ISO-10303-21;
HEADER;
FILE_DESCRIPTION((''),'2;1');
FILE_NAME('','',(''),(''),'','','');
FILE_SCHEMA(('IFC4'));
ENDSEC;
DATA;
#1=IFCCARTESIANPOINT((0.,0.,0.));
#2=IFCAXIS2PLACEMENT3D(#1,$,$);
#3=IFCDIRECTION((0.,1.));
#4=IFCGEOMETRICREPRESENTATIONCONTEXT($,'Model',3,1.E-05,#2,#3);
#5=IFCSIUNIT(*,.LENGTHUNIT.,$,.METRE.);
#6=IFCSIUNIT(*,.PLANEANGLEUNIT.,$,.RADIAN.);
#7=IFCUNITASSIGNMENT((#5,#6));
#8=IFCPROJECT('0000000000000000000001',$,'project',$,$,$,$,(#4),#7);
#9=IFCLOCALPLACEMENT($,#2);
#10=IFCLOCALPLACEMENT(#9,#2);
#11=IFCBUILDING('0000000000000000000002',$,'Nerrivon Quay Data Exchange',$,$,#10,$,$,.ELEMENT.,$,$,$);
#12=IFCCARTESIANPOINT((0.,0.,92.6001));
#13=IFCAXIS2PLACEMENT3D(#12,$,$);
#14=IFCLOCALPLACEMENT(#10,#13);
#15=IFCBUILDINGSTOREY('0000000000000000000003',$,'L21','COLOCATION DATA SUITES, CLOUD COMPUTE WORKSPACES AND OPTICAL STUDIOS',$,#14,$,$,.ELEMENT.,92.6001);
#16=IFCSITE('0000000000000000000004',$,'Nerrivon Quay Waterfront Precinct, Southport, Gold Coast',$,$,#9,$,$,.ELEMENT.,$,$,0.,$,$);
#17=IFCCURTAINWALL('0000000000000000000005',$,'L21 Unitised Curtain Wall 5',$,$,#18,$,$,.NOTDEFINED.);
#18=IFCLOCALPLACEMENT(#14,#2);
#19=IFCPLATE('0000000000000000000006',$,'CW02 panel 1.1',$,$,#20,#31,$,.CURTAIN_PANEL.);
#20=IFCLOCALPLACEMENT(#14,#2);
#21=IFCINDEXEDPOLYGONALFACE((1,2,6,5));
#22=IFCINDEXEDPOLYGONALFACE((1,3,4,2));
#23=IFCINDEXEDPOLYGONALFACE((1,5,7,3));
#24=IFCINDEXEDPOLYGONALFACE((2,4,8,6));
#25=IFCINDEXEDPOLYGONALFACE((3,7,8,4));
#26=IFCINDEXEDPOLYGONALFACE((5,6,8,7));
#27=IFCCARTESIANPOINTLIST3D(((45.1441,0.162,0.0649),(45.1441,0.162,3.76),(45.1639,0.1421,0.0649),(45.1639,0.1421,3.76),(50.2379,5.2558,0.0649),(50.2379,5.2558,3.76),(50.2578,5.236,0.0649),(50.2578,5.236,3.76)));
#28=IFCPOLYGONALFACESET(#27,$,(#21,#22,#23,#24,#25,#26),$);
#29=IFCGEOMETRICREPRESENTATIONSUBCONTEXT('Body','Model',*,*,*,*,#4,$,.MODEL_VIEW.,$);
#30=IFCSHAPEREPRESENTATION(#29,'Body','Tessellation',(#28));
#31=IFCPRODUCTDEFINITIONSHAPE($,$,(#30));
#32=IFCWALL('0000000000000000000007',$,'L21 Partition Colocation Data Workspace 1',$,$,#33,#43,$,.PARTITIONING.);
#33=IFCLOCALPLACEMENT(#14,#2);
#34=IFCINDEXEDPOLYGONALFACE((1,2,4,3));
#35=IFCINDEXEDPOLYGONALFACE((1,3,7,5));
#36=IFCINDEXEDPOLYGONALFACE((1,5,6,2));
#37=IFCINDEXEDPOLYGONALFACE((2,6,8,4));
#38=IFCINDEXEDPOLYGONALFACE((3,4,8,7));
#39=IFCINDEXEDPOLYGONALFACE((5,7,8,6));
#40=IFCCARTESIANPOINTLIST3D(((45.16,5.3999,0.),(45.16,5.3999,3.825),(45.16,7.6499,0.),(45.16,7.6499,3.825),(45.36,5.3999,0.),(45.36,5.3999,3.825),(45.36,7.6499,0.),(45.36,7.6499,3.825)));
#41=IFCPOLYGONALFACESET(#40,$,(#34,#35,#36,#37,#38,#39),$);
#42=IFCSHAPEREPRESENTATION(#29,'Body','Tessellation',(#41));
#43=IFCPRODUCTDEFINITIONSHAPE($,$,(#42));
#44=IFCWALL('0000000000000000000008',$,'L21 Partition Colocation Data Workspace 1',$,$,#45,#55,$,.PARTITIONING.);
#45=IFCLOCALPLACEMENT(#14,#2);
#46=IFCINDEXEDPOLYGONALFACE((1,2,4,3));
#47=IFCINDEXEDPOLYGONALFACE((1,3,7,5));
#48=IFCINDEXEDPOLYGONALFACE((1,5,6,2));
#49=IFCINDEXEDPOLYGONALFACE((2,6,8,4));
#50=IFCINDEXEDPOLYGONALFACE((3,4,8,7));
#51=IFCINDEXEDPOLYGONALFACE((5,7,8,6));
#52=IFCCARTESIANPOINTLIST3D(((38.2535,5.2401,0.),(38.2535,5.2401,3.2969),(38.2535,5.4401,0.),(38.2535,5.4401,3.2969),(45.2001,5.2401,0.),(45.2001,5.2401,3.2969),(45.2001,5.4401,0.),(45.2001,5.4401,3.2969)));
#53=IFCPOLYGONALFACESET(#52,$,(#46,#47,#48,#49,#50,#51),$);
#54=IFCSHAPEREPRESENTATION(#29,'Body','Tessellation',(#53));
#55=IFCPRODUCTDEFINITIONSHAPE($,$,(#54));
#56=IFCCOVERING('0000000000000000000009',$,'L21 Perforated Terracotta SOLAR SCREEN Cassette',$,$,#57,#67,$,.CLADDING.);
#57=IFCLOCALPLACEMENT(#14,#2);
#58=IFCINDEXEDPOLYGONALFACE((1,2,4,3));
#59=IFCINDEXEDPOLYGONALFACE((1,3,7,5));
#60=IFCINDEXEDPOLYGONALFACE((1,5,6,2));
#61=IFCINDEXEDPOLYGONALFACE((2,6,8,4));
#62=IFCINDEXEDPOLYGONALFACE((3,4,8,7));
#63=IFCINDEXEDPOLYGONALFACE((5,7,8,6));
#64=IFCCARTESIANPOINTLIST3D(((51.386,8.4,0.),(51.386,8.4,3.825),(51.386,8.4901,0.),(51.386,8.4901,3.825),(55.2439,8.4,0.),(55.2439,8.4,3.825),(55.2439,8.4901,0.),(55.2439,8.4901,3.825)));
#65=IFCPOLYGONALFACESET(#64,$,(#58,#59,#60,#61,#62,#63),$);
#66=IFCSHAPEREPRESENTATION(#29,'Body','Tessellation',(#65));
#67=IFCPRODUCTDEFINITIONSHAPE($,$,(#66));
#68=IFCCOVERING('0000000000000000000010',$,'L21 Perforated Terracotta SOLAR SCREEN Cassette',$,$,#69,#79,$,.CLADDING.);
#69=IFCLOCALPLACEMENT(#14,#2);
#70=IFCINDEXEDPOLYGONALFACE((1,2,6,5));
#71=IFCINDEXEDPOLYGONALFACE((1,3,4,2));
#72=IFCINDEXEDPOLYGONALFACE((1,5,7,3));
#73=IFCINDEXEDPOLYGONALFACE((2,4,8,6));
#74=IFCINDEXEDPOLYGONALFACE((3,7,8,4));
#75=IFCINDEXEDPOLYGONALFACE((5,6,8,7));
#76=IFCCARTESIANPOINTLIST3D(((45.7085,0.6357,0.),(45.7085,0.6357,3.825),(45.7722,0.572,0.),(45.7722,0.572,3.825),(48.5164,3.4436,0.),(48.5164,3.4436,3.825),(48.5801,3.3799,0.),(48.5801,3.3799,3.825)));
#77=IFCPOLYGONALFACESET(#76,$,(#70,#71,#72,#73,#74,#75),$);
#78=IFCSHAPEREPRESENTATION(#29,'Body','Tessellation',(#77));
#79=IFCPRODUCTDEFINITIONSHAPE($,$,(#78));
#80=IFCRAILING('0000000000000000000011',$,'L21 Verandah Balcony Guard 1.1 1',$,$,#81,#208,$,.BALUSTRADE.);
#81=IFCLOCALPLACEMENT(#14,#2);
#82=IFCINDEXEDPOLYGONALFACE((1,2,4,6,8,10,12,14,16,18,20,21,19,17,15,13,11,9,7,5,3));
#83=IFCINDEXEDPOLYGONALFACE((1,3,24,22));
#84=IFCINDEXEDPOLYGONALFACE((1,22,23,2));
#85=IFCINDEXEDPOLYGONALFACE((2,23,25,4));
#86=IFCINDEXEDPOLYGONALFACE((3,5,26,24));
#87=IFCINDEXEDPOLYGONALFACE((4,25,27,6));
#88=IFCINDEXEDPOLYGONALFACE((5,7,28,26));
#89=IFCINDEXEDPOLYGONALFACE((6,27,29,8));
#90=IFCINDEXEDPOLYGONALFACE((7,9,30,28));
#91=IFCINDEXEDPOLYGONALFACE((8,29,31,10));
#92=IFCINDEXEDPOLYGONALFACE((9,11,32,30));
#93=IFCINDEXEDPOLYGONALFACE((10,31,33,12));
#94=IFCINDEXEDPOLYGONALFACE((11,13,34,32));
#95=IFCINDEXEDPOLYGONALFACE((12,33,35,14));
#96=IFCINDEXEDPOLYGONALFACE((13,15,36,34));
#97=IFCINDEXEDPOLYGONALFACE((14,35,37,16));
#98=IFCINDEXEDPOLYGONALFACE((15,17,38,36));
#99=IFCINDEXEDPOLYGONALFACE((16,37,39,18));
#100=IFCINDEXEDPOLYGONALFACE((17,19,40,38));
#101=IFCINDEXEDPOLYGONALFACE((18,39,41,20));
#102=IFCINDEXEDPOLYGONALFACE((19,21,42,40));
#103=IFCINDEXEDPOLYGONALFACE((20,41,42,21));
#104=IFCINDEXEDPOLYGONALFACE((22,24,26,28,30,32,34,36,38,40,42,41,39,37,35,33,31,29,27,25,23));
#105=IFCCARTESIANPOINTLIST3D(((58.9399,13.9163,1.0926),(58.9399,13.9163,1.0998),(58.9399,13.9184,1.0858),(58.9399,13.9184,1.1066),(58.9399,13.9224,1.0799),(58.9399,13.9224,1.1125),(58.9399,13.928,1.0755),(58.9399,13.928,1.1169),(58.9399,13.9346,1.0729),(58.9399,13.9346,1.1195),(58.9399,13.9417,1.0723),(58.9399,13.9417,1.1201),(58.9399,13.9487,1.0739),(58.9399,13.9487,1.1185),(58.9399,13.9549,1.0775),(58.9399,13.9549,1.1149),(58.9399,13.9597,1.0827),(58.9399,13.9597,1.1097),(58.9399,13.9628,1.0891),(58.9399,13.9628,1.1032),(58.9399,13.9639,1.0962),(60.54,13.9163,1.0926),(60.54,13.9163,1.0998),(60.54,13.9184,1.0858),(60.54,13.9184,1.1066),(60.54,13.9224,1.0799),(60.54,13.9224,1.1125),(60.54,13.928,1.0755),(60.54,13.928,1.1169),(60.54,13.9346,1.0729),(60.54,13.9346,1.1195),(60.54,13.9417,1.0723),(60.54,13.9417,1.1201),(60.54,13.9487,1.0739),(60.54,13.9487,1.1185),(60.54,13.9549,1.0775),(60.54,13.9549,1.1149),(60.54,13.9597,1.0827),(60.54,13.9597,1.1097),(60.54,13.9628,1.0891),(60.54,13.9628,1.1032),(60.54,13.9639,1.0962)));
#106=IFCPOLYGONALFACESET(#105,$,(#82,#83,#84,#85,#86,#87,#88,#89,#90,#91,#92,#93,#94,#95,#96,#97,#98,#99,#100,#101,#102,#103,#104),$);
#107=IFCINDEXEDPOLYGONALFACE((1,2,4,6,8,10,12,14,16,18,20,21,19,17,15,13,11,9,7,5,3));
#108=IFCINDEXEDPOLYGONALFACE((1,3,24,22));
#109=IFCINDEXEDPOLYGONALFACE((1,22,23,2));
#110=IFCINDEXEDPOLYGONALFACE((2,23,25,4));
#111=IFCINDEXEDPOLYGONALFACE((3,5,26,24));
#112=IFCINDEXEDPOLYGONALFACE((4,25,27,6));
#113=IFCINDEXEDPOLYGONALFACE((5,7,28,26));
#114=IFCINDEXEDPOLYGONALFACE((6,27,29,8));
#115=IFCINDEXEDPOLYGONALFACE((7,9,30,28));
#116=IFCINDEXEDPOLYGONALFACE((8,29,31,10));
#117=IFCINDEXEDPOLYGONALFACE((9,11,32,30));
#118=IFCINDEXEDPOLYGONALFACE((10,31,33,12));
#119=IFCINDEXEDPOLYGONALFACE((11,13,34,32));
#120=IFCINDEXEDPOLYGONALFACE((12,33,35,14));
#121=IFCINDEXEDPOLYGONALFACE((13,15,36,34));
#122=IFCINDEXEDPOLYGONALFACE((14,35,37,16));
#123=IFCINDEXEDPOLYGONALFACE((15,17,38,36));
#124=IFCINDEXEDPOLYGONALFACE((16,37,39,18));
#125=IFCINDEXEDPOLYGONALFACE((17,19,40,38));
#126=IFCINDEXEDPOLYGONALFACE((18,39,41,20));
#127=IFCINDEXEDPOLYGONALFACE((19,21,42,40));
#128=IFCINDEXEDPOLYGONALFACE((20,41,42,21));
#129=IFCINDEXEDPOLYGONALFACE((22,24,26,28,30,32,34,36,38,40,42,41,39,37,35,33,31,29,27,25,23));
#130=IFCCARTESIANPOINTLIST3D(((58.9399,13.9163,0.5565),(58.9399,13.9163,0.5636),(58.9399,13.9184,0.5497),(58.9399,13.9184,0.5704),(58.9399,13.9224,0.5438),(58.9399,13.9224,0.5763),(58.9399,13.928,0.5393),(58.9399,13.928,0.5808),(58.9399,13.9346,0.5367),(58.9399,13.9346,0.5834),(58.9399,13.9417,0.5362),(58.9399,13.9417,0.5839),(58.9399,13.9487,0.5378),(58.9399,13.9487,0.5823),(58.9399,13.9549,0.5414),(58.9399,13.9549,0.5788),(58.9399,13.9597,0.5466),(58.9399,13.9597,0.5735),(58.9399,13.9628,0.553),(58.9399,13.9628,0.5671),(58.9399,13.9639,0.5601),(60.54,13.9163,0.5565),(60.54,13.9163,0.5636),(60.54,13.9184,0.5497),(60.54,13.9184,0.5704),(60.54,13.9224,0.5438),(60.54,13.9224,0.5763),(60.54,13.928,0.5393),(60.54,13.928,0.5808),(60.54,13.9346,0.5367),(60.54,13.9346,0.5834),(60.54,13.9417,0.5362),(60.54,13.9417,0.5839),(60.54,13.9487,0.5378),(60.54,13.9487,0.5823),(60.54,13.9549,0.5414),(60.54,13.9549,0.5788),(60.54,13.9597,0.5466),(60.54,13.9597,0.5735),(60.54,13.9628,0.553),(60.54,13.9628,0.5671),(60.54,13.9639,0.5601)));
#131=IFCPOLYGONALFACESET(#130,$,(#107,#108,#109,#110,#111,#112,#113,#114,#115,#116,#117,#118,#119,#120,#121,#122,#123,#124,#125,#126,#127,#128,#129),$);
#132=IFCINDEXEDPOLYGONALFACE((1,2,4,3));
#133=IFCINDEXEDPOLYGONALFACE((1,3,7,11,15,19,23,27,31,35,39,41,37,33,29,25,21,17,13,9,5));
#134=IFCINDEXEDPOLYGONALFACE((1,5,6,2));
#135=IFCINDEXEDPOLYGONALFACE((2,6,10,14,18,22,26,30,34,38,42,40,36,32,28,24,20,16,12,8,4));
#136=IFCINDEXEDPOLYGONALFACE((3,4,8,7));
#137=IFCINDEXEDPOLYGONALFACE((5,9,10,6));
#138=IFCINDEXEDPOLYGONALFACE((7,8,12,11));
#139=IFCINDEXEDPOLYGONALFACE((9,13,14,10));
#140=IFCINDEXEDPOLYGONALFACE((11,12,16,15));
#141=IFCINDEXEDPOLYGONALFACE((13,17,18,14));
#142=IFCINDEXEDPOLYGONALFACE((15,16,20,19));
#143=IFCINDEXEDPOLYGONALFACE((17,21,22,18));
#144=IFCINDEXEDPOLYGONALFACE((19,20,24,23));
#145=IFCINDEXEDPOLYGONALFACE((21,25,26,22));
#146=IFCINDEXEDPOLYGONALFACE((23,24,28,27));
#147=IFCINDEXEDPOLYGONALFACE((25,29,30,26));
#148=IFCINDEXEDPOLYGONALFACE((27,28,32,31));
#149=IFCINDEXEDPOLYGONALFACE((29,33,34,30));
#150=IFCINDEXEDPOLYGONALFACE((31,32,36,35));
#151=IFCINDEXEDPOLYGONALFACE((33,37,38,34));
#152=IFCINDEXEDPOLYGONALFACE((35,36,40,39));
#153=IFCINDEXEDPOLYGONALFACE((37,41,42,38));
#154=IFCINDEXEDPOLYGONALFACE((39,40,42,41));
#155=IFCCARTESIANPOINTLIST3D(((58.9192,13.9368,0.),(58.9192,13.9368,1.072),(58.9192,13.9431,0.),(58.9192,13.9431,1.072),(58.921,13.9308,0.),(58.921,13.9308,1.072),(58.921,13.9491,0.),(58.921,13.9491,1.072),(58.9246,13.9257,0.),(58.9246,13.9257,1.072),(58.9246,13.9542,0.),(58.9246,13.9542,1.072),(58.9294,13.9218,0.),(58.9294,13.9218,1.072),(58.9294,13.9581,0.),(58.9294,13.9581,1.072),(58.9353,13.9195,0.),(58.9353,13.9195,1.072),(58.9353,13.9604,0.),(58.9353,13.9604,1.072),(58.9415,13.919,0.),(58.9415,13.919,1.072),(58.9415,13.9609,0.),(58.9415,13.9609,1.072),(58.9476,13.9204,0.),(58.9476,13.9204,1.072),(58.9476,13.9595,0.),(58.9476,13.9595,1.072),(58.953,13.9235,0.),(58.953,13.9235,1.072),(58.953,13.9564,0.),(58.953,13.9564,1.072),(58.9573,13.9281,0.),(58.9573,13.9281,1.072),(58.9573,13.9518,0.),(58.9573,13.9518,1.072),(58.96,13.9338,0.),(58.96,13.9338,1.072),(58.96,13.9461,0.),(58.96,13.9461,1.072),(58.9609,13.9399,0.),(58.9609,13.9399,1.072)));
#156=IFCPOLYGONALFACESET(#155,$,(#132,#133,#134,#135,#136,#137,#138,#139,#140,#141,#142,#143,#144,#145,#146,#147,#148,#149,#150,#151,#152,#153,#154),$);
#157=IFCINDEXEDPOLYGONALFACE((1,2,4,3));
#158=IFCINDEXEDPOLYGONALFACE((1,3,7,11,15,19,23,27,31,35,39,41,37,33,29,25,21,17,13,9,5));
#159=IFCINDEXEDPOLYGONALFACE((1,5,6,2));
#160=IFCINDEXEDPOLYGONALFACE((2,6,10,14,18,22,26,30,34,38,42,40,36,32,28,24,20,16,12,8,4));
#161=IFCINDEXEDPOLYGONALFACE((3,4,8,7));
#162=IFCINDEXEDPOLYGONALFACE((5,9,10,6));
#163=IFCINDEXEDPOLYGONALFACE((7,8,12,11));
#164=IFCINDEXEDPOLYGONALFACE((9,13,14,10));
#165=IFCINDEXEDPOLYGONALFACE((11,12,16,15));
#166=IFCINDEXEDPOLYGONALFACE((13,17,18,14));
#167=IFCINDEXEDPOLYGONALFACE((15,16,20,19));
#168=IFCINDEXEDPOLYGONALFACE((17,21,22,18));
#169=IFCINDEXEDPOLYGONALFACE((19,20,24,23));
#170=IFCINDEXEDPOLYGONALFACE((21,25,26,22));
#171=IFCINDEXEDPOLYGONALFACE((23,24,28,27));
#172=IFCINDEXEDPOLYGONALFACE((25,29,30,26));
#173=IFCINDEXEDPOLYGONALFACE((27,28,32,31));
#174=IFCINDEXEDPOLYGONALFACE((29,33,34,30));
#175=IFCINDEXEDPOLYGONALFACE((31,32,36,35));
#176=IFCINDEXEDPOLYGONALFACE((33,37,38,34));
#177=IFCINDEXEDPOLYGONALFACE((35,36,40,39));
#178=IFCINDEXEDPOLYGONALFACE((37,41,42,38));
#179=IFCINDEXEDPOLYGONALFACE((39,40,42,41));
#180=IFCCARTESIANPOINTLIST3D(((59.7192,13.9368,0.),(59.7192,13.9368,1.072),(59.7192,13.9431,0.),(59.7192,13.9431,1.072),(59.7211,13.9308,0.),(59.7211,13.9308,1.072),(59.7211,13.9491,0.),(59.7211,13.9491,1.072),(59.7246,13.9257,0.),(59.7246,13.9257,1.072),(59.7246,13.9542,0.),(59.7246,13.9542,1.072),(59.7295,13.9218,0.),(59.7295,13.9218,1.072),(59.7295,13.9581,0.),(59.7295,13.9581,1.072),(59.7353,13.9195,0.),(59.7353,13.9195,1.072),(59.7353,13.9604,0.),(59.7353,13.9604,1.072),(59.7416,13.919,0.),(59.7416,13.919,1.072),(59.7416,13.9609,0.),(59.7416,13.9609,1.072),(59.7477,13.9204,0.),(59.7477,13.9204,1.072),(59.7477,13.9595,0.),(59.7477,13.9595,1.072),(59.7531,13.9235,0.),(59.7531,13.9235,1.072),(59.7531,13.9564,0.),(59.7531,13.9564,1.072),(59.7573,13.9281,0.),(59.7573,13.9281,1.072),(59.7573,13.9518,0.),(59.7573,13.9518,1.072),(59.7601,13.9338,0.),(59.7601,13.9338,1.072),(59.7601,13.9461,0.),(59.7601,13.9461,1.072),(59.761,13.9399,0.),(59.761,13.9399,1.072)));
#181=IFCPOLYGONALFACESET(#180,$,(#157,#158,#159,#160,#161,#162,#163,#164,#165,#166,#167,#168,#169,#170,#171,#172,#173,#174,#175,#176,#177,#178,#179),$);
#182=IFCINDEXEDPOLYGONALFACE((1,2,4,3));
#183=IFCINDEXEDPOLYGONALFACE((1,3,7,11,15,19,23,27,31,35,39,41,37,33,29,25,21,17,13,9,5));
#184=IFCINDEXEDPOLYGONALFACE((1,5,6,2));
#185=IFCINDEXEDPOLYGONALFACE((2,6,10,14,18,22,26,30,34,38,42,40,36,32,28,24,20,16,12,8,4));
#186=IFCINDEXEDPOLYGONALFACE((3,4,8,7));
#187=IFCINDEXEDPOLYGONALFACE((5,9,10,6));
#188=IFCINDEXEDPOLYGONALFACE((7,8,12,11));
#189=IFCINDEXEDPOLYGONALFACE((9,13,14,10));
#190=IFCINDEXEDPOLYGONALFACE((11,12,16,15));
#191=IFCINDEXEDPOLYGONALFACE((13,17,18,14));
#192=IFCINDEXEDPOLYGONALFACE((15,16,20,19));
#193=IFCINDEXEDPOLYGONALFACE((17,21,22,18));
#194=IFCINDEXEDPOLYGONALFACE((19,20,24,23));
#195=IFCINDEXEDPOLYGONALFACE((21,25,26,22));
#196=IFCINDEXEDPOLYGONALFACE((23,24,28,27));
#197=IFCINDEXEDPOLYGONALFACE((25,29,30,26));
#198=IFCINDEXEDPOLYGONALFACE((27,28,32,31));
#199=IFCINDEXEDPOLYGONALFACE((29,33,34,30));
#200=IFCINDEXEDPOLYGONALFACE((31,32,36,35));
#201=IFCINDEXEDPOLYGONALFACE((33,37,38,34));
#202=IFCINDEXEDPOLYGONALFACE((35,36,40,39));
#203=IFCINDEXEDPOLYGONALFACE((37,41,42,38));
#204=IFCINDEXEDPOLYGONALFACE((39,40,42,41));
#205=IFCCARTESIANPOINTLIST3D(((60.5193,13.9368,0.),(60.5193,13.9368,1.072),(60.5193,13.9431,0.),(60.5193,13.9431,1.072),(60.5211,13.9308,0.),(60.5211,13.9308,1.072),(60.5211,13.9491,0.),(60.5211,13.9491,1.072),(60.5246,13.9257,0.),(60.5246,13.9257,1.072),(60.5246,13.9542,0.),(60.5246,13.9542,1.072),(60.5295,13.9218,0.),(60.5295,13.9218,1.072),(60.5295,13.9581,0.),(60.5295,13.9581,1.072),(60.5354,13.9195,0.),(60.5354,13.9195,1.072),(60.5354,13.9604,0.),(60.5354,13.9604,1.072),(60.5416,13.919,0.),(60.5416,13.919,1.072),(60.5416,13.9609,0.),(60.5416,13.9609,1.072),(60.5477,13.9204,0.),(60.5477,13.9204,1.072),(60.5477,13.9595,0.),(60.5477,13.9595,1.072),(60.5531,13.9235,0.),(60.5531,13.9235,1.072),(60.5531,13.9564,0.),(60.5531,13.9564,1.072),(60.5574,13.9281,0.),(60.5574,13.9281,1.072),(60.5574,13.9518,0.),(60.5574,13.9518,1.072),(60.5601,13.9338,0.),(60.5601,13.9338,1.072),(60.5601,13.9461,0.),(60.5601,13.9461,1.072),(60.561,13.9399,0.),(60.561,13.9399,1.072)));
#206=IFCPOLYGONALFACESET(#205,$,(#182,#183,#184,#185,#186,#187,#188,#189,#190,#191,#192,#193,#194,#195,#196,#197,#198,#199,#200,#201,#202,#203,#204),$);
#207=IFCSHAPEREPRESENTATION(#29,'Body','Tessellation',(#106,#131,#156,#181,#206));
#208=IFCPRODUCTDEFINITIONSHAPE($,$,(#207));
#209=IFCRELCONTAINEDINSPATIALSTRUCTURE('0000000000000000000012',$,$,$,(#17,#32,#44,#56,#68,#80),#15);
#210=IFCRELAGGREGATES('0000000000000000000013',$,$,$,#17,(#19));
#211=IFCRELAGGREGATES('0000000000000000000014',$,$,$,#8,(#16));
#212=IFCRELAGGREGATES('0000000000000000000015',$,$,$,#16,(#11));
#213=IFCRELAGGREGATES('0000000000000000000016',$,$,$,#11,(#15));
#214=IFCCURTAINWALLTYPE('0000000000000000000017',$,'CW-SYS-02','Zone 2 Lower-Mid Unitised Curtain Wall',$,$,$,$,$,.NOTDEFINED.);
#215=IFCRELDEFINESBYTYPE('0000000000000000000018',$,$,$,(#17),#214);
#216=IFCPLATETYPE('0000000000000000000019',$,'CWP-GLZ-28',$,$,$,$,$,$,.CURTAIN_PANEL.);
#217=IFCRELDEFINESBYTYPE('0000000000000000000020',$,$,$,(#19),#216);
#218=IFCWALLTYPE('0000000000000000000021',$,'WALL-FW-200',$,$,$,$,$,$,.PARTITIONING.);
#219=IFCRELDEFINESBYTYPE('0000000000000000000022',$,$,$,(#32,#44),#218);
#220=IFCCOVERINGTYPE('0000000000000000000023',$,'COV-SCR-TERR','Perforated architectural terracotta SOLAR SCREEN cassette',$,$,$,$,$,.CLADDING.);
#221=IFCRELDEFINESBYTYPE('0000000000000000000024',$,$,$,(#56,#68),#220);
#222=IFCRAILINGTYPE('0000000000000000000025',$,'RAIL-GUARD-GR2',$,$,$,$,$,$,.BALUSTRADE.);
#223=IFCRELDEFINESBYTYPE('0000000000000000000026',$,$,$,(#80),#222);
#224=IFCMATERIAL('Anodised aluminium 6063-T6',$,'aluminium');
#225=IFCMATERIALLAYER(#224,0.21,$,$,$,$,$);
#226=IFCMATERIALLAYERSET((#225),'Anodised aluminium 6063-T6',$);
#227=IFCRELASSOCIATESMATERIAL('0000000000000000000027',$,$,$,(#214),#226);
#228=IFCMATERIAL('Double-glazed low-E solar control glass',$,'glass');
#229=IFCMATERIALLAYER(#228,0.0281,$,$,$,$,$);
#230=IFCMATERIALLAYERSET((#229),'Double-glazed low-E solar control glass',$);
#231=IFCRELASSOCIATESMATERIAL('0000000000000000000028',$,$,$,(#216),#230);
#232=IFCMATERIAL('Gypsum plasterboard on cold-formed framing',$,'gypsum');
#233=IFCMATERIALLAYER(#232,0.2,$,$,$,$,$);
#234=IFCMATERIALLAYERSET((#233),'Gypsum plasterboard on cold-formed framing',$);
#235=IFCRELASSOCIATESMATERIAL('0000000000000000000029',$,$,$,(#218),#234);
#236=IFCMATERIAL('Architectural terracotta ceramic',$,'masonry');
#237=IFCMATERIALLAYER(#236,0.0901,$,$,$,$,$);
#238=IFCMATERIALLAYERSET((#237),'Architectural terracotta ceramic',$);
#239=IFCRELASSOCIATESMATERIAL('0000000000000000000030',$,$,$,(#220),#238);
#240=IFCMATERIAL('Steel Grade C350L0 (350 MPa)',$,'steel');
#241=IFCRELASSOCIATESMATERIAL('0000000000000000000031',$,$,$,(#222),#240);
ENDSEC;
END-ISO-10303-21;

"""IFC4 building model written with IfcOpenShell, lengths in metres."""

from ifc_helpers import new_model, si_unit, direction, frame, frame_2d, origin, origin_2d, place, context, subcontext, project, spatial, rectangle, circle, extrude, material, layer, layer_set, type_object, element, aggregate, save


model = new_model("IFC4")

# Units and contexts
model_context = context("Model", 3, precision=1e-05, world=origin(), true_north=direction((0.0, 1.0)))
body_context = subcontext(model_context, "Body", "Model", "MODEL_VIEW")
ifc_project = project(units=[si_unit("LENGTHUNIT", "METRE"), si_unit("PLANEANGLEUNIT", "RADIAN")], contexts=[model_context])

# Site, building, storey
site_placement = place(None, origin())
site = spatial("IfcSite", under=ifc_project, at=site_placement, Name="Nerrivon Quay Waterfront Precinct, Southport, Gold Coast", CompositionType="ELEMENT", RefElevation=0.0)
building_placement = place(site_placement, origin())
building = spatial("IfcBuilding", under=site, at=building_placement, Name="Nerrivon Quay Data Exchange", CompositionType="ELEMENT")
storey_placement = place(building_placement, frame((0.0, 0.0, 92.6001)))
storey = spatial("IfcBuildingStorey", under=building, at=storey_placement, Name="L21", Description="COLOCATION DATA SUITES, CLOUD COMPUTE WORKSPACES AND OPTICAL STUDIOS", CompositionType="ELEMENT", Elevation=92.6001)

# Curtain wall
ifc_material_1 = material(Name="Anodised aluminium 6063-T6", Category="aluminium")
ifc_layer_1 = layer(ifc_material_1, 0.21)
ifc_layer_set_1 = layer_set([ifc_layer_1], Name="Anodised aluminium 6063-T6")
curtain_wall_type_1 = type_object("IfcCurtainWallType", Name="CW-SYS-02", Description="Zone 2 Lower-Mid Unitised Curtain Wall", PredefinedType="NOTDEFINED", material=ifc_layer_set_1)
curtain_wall_1_placement = place(storey_placement, origin())
curtain_wall_1 = element("IfcCurtainWall", 1, at=curtain_wall_1_placement, inside=storey, type_object=curtain_wall_type_1, Name="L21 Unitised Curtain Wall 5", PredefinedType="NOTDEFINED")

# Plate
ifc_material_2 = material(Name="Double-glazed low-E solar control glass", Category="glass")
ifc_layer_2 = layer(ifc_material_2, 0.0281)
ifc_layer_set_2 = layer_set([ifc_layer_2], Name="Double-glazed low-E solar control glass")
plate_type = type_object("IfcPlateType", Name="CWP-GLZ-28", PredefinedType="CURTAIN_PANEL", material=ifc_layer_set_2)
plate_1_placement = place(storey_placement, frame((47.7009, 2.699, 0.0649), z_axis=(0.0, 0.0, 1.0), x_axis=(-0.707107, -0.707107, 0.0)))
plate_1 = element("IfcPlate", 2, at=plate_1_placement, type_object=plate_type, Name="CW02 panel 1.1", PredefinedType="CURTAIN_PANEL", context=body_context, shape_type="SweptSolid", body=[
    extrude(rectangle(XDim=7.2039, YDim=0.0281, at=origin_2d()), origin(), (0.0, 0.0, 1.0), 3.6951),
])
aggregate(curtain_wall_1, [plate_1])

# Walls
ifc_material_3 = material(Name="Gypsum plasterboard on cold-formed framing", Category="gypsum")
ifc_layer_3 = layer(ifc_material_3, 0.2)
ifc_layer_set_3 = layer_set([ifc_layer_3], Name="Gypsum plasterboard on cold-formed framing")
wall_type = type_object("IfcWallType", Name="WALL-FW-200", PredefinedType="PARTITIONING", material=ifc_layer_set_3)
wall_1_placement = place(storey_placement, frame((45.26, 7.6499, 0.0), z_axis=(0.0, 0.0, 1.0), x_axis=(0.0, -1.0, 0.0)))
element("IfcWall", 3, at=wall_1_placement, inside=storey, type_object=wall_type, Name="L21 Partition Colocation Data Workspace 1", PredefinedType="PARTITIONING", context=body_context, shape_type="SweptSolid", body=[
    extrude(rectangle(XDim=2.25, YDim=0.2, at=frame_2d((1.125, 0.0))), origin(), (0.0, 0.0, 1.0), 3.825),
])
wall_2_placement = place(storey_placement, frame((45.2, 5.3401, 0.0), z_axis=(0.0, 0.0, 1.0), x_axis=(-1.0, 0.0, 0.0)))
element("IfcWall", 4, at=wall_2_placement, inside=storey, type_object=wall_type, Name="L21 Partition Colocation Data Workspace 1", PredefinedType="PARTITIONING", context=body_context, shape_type="SweptSolid", body=[
    extrude(rectangle(XDim=6.9465, YDim=0.2, at=frame_2d((3.4731, 0.0))), origin(), (0.0, 0.0, 1.0), 3.2969),
])

# Coverings
ifc_material_4 = material(Name="Architectural terracotta ceramic", Category="masonry")
ifc_layer_4 = layer(ifc_material_4, 0.0901)
ifc_layer_set_4 = layer_set([ifc_layer_4], Name="Architectural terracotta ceramic")
covering_type = type_object("IfcCoveringType", Name="COV-SCR-TERR", Description="Perforated architectural terracotta SOLAR SCREEN cassette", PredefinedType="CLADDING", material=ifc_layer_set_4)
covering_1_placement = place(storey_placement, frame((53.3149, 8.4451, 0.0), z_axis=(0.0, 0.0, 1.0), x_axis=(-1.0, 0.0, 0.0)))
element("IfcCovering", 5, at=covering_1_placement, inside=storey, type_object=covering_type, Name="L21 Perforated Terracotta SOLAR SCREEN Cassette", PredefinedType="CLADDING", context=body_context, shape_type="SweptSolid", body=[
    extrude(rectangle(XDim=3.8579, YDim=0.0901, at=origin_2d()), origin(), (0.0, 0.0, 1.0), 3.825),
])
covering_2_placement = place(storey_placement, frame((47.1443, 2.0078, 0.0), z_axis=(0.0, 0.0, 1.0), x_axis=(-0.707107, -0.707107, 0.0)))
element("IfcCovering", 6, at=covering_2_placement, inside=storey, type_object=covering_type, Name="L21 Perforated Terracotta SOLAR SCREEN Cassette", PredefinedType="CLADDING", context=body_context, shape_type="SweptSolid", body=[
    extrude(rectangle(XDim=3.9709, YDim=0.0901, at=origin_2d()), origin(), (0.0, 0.0, 1.0), 3.825),
])

# Railing
ifc_material_5 = material(Name="Steel Grade C350L0 (350 MPa)", Category="steel")
railing_type = type_object("IfcRailingType", Name="RAIL-GUARD-GR2", PredefinedType="BALUSTRADE", material=ifc_material_5)
railing_1_placement = place(storey_placement, frame((58.9399, 13.9399, 0.0)))
element("IfcRailing", 7, at=railing_1_placement, inside=storey, type_object=railing_type, Name="L21 Verandah Balcony Guard 1.1 1", PredefinedType="BALUSTRADE", context=body_context, shape_type="SweptSolid", body=[
    extrude(circle(Radius=0.0239, at=origin_2d()), frame((0.0, 0.0, 1.0962), z_axis=(1.0, 0.0, 0.0), x_axis=(0.0, 1.0, 0.0)), (0.0, 0.0, 1.0), 1.6001),
    extrude(circle(Radius=0.0239, at=origin_2d()), frame((0.0, 0.0, 0.5601), z_axis=(1.0, 0.0, 0.0), x_axis=(0.0, 1.0, 0.0)), (0.0, 0.0, 1.0), 1.6001),
    extrude(circle(Radius=0.021, at=origin_2d()), origin(), (0.0, 0.0, 1.0), 1.072),
    extrude(circle(Radius=0.021, at=origin_2d()), frame((0.8, 0.0, 0.0)), (0.0, 0.0, 1.0), 1.072),
    extrude(circle(Radius=0.021, at=origin_2d()), frame((1.6001, 0.0, 0.0)), (0.0, 0.0, 1.0), 1.072),
])

save(model, "model.ifc")
